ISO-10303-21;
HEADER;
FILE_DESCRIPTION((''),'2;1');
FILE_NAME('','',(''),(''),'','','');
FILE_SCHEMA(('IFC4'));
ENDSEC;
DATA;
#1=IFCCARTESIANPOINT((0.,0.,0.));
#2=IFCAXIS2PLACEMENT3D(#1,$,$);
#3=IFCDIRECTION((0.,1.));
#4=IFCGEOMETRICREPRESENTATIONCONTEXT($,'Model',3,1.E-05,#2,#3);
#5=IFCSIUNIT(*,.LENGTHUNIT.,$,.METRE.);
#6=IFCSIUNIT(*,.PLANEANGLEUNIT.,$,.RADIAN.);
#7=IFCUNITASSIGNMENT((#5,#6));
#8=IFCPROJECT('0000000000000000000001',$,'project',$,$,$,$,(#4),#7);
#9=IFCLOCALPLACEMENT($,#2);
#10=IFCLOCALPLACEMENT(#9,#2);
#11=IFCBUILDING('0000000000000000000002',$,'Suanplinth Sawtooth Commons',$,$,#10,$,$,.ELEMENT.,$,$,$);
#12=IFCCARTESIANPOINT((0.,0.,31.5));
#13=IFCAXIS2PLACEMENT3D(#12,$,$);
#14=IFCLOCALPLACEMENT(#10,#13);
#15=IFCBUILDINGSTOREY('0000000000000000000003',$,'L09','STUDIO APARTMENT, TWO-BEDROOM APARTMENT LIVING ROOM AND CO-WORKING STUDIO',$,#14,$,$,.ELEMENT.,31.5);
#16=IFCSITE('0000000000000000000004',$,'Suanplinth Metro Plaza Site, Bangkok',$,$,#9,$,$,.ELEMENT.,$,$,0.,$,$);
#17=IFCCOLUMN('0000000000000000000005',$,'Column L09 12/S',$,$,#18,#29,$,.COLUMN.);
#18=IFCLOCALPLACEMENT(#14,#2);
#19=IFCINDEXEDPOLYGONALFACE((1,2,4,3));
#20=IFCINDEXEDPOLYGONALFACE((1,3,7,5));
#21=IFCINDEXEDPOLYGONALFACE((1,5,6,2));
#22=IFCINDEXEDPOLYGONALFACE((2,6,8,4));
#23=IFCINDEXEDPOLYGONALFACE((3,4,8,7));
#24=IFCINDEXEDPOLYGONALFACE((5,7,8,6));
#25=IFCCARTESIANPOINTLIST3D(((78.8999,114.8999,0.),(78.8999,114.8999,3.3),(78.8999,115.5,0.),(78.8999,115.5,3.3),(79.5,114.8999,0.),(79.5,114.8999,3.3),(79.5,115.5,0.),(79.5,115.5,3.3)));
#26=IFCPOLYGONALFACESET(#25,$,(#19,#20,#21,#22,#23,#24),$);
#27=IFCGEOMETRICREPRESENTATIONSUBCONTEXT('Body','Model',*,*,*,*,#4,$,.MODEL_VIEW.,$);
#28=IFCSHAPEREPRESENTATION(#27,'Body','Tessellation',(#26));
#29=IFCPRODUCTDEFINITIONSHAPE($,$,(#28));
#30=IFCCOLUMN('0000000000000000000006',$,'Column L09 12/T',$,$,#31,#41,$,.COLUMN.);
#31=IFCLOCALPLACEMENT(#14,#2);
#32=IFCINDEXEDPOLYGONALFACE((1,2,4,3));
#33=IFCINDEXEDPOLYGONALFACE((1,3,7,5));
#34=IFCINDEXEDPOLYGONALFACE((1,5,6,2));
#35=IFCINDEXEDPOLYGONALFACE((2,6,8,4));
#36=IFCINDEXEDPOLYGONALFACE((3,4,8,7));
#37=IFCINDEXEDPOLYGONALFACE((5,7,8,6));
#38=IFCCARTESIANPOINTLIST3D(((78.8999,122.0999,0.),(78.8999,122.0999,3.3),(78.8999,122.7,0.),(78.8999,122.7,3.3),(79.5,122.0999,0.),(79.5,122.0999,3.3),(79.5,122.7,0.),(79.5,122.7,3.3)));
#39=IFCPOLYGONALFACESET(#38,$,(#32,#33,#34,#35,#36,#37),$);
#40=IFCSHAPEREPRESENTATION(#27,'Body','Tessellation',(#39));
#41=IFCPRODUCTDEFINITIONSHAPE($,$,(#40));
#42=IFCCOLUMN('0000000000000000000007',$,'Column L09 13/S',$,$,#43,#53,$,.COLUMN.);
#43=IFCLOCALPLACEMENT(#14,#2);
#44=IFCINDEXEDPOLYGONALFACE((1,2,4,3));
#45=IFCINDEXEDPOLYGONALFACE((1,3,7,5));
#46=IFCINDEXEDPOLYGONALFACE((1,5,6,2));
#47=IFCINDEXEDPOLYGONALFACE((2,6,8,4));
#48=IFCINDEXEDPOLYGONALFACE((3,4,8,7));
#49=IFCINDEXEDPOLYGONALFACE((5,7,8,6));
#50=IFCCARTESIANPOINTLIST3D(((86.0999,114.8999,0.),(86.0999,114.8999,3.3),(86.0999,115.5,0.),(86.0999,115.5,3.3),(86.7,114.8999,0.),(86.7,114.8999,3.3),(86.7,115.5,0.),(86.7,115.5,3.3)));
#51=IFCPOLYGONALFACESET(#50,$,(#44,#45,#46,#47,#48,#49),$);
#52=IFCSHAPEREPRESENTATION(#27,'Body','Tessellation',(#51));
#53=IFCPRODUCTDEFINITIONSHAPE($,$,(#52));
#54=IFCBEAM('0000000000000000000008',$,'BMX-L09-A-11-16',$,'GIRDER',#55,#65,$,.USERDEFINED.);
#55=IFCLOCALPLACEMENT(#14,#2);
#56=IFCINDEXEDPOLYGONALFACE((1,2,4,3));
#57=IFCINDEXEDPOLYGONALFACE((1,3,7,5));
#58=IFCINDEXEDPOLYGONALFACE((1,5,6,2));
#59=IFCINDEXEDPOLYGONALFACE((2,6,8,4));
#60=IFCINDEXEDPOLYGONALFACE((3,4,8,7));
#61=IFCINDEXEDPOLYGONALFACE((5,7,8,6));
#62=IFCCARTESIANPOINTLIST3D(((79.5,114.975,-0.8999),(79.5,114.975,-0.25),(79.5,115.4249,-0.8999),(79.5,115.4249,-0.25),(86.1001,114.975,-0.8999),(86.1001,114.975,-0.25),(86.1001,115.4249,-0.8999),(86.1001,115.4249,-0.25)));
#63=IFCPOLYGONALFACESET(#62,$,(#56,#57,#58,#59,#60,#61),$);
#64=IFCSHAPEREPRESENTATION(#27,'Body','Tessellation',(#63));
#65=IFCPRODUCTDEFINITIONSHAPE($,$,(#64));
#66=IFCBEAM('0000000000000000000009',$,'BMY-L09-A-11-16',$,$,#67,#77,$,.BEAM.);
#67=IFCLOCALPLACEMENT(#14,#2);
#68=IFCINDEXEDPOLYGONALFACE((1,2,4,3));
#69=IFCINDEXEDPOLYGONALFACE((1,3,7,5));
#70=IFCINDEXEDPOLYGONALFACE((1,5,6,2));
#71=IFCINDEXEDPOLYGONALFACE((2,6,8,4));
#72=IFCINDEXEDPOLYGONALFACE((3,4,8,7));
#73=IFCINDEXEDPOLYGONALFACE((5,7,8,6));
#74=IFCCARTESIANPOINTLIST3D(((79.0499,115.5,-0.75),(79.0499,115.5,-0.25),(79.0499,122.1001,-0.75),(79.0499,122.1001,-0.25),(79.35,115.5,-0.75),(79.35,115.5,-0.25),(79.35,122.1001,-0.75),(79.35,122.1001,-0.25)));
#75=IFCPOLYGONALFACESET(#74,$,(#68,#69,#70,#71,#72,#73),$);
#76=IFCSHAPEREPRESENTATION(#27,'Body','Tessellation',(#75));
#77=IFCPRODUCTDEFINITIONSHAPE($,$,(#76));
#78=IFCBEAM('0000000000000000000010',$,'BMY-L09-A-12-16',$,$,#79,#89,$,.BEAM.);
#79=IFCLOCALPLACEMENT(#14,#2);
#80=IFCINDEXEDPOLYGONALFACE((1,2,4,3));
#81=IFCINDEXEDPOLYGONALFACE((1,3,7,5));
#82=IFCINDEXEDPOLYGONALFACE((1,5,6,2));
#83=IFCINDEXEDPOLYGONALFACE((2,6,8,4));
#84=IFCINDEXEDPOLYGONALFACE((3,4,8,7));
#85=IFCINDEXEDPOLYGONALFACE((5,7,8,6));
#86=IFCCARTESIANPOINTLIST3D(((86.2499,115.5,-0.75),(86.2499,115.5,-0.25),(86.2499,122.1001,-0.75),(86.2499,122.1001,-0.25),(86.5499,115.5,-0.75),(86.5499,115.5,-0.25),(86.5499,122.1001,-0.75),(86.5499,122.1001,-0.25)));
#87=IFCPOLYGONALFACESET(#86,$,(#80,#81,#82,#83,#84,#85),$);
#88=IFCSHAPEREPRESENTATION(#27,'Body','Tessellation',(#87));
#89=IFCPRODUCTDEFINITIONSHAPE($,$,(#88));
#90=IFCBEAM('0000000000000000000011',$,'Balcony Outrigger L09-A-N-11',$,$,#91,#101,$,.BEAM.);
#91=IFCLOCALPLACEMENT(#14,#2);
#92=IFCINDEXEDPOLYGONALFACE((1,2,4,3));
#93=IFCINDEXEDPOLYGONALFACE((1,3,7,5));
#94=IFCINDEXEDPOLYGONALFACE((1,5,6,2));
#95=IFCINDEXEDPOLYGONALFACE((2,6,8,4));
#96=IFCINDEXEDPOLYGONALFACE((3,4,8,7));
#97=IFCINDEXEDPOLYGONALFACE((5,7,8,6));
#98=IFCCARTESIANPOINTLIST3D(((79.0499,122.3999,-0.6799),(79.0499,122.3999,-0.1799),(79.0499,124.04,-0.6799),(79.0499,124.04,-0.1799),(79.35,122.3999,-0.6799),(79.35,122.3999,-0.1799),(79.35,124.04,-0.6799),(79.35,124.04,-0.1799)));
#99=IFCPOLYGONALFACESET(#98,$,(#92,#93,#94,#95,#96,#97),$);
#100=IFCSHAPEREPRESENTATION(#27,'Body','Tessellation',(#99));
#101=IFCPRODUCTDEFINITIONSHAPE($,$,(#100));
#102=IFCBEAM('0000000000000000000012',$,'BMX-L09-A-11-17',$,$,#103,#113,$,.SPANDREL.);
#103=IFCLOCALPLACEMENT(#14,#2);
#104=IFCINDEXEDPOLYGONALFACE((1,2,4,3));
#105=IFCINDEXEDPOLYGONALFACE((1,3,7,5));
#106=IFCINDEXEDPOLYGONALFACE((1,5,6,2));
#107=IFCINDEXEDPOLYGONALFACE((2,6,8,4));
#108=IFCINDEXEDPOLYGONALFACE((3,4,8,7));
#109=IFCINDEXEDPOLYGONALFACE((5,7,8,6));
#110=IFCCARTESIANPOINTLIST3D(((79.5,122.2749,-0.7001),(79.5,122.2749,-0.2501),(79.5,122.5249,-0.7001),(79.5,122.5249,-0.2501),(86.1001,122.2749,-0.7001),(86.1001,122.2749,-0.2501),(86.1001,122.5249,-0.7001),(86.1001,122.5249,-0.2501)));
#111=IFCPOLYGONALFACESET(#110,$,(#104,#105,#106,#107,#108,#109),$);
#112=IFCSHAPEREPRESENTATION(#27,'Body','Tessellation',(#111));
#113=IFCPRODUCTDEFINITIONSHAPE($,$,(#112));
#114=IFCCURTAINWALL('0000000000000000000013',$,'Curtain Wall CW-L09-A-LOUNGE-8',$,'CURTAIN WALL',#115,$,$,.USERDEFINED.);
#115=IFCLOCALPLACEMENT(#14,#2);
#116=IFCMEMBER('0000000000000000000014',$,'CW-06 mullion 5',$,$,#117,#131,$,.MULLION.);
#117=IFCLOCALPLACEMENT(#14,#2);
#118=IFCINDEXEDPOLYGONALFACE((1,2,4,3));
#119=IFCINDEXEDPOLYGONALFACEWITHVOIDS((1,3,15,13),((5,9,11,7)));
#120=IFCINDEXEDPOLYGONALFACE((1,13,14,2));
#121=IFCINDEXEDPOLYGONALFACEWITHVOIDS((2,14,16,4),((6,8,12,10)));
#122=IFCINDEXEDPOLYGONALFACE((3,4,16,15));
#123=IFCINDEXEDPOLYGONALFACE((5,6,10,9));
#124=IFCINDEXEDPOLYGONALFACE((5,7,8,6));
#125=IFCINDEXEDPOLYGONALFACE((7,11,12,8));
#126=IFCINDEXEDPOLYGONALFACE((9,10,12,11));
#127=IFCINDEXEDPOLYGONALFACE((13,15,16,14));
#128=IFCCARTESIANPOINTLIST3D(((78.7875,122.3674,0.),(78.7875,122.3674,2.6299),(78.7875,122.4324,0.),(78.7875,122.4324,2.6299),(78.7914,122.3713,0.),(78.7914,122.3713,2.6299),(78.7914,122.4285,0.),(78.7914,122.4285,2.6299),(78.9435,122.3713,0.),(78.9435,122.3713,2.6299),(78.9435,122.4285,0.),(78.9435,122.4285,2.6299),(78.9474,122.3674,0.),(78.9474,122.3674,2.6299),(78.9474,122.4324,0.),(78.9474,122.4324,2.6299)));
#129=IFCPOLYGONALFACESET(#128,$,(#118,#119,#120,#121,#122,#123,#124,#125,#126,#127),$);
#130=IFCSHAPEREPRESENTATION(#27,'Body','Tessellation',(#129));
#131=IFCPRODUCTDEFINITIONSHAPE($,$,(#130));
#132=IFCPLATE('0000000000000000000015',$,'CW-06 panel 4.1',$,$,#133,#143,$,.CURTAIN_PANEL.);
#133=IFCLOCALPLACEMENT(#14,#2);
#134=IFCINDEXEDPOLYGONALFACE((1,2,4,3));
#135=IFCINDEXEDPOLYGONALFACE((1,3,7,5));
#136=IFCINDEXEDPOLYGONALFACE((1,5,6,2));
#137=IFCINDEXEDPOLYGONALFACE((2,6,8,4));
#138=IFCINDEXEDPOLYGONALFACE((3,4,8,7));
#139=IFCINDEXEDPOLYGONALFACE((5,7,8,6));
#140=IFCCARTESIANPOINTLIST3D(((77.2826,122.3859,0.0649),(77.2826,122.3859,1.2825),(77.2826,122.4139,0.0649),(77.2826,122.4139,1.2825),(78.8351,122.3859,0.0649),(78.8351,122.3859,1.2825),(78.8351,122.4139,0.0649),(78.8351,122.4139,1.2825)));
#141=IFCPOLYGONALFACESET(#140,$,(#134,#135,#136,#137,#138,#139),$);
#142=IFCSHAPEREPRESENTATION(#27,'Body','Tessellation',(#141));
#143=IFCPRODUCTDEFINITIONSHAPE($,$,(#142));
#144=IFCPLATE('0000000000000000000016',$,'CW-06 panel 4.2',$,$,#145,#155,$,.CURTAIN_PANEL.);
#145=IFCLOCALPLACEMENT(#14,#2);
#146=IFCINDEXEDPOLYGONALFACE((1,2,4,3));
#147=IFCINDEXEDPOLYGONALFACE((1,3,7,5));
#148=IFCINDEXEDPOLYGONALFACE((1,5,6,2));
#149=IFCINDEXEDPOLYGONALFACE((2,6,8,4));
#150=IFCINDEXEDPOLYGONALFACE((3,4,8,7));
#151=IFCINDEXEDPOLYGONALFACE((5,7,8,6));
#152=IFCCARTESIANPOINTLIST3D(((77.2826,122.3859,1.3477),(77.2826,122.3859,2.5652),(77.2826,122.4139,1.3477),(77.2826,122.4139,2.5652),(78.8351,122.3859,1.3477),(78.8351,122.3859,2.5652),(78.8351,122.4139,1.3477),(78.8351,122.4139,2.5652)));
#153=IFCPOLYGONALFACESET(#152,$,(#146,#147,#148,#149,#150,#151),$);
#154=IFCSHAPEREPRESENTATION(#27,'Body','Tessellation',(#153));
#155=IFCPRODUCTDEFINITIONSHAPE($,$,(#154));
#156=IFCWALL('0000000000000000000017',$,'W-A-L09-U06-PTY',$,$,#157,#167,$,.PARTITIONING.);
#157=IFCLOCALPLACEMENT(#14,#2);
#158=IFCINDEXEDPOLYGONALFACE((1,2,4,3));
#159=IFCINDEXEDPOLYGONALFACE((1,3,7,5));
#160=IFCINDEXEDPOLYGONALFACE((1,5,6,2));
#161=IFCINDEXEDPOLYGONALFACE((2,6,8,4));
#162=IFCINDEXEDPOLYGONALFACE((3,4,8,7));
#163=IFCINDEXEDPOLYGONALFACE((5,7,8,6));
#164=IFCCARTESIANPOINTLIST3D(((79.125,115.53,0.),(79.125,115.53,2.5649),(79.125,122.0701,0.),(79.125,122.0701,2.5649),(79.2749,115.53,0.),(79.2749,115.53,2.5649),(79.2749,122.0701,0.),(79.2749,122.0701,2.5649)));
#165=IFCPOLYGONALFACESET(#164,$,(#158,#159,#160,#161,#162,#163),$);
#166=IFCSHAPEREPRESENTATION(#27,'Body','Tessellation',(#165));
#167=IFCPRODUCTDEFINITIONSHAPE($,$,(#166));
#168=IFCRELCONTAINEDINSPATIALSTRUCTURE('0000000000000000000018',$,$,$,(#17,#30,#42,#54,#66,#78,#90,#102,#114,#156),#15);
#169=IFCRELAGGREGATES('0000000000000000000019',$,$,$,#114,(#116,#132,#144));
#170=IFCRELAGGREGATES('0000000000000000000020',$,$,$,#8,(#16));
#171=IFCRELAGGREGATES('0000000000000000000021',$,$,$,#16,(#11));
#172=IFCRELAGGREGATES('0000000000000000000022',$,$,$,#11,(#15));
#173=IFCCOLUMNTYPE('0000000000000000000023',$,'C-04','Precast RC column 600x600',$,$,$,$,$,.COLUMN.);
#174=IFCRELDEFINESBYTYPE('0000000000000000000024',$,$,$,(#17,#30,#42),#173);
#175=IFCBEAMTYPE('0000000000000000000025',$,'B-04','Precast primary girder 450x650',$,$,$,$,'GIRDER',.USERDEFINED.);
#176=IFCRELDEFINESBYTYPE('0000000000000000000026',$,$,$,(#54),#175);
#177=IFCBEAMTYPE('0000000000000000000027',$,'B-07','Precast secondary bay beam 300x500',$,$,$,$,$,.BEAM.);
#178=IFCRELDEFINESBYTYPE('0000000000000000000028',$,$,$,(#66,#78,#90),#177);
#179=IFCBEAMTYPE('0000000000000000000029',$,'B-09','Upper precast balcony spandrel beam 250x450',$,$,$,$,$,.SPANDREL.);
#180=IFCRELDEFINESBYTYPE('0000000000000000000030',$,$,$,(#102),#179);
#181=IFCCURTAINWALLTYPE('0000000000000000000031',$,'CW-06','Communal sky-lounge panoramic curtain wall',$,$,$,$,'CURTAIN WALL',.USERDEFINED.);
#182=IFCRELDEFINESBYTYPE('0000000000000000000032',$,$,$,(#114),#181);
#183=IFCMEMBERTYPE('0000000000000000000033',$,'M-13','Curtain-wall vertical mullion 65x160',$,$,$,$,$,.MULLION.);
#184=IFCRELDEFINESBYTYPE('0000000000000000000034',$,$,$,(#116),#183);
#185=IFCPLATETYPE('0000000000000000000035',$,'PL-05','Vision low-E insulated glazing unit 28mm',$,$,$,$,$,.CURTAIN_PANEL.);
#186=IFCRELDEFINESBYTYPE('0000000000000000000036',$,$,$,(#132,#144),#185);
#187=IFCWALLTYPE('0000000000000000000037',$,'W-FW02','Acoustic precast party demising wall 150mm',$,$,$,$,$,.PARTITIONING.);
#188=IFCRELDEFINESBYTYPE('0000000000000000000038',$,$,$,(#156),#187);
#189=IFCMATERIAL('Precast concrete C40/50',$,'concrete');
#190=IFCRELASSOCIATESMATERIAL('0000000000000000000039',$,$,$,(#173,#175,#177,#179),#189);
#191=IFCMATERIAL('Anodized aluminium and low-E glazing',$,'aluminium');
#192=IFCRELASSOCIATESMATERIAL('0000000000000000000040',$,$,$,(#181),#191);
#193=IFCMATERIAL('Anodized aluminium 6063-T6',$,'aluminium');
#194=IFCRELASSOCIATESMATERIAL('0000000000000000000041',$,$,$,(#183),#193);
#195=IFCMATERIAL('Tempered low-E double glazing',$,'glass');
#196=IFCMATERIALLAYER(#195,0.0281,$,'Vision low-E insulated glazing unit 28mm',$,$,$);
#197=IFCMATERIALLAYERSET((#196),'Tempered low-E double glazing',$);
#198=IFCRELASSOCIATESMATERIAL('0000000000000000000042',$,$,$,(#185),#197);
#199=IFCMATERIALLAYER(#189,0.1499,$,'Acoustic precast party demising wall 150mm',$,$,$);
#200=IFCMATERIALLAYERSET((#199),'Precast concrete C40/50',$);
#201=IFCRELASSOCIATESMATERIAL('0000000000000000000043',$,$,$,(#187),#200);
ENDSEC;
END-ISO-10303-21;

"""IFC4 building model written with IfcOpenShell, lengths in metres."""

from ifc_helpers import new_model, si_unit, direction, frame, frame_2d, origin, origin_2d, place, context, subcontext, project, spatial, rectangle, hollow_rectangle, extrude, material, layer, layer_set, material_profile, profile_set, type_object, element, aggregate, save


model = new_model("IFC4")

# Units and contexts
model_context = context("Model", 3, precision=1e-05, world=origin(), true_north=direction((0.0, 1.0)))
body_context = subcontext(model_context, "Body", "Model", "MODEL_VIEW")
ifc_project = project(units=[si_unit("LENGTHUNIT", "METRE"), si_unit("PLANEANGLEUNIT", "RADIAN")], contexts=[model_context])

# Site, building, storey
site_placement = place(None, origin())
site = spatial("IfcSite", under=ifc_project, at=site_placement, Name="Suanplinth Metro Plaza Site, Bangkok", CompositionType="ELEMENT", RefElevation=0.0)
building_placement = place(site_placement, origin())
building = spatial("IfcBuilding", under=site, at=building_placement, Name="Suanplinth Sawtooth Commons", CompositionType="ELEMENT")
storey_placement = place(building_placement, frame((0.0, 0.0, 31.5)))
storey = spatial("IfcBuildingStorey", under=building, at=storey_placement, Name="L09", Description="STUDIO APARTMENT, TWO-BEDROOM APARTMENT LIVING ROOM AND CO-WORKING STUDIO", CompositionType="ELEMENT", Elevation=31.5)

# Columns
ifc_material_1 = material(Name="Precast concrete C40/50", Category="concrete")
ifc_material_profile_1 = material_profile(ifc_material_1, rectangle(XDim=0.6001, YDim=0.6001, at=origin_2d()), Name="PC-COL 600x600")
ifc_profile_set_1 = profile_set([ifc_material_profile_1], Name="Precast concrete C40/50")
column_type = type_object("IfcColumnType", Name="C-04", Description="Precast RC column 600x600", PredefinedType="COLUMN", material=ifc_profile_set_1)
for number, where, z_axis, x_axis, name in (
    (1, (79.2, 115.2, 0.0), (0.0, 0.0, 1.0), (1.0, 0.0, 0.0), "Column L09 12/S"),
    (2, (79.2, 122.3999, 0.0), (0.0, 0.0, 1.0), (1.0, 0.0, 0.0), "Column L09 12/T"),
    (3, (86.3999, 115.2, 0.0), (0.0, 0.0, 1.0), (1.0, 0.0, 0.0), "Column L09 13/S"),
):
    element("IfcColumn", number, at=place(storey_placement, frame(where, z_axis=z_axis, x_axis=x_axis)), inside=storey, type_object=column_type, Name=name, PredefinedType="COLUMN", context=body_context, shape_type="SweptSolid", body=[
        extrude(rectangle(XDim=0.6001, YDim=0.6001, at=origin_2d()), origin(), (0.0, 0.0, 1.0), 3.3),
    ])

# Beams
ifc_material_profile_2 = material_profile(ifc_material_1, rectangle(XDim=0.45, YDim=0.6499, at=origin_2d()), Name="PC-GDR 450x650")
ifc_profile_set_2 = profile_set([ifc_material_profile_2], Name="Precast concrete C40/50")
beam_type_1 = type_object("IfcBeamType", Name="B-04", Description="Precast primary girder 450x650", ElementType="GIRDER", PredefinedType="USERDEFINED", material=ifc_profile_set_2)
beam_1_placement = place(storey_placement, frame((79.5, 115.2, -0.575), z_axis=(1.0, 0.0, 0.0), x_axis=(0.0, 1.0, 0.0)))
element("IfcBeam", 4, at=beam_1_placement, inside=storey, type_object=beam_type_1, Name="BMX-L09-A-11-16", ObjectType="GIRDER", PredefinedType="USERDEFINED", context=body_context, shape_type="SweptSolid", body=[
    extrude(rectangle(XDim=0.45, YDim=0.6499, at=origin_2d()), origin(), (0.0, 0.0, 1.0), 6.6001),
])
ifc_material_profile_3 = material_profile(ifc_material_1, rectangle(XDim=0.3, YDim=0.5, at=origin_2d()), Name="PC-BM 300x500")
ifc_profile_set_3 = profile_set([ifc_material_profile_3], Name="Precast concrete C40/50")
beam_type_2 = type_object("IfcBeamType", Name="B-07", Description="Precast secondary bay beam 300x500", PredefinedType="BEAM", material=ifc_profile_set_3)
for number, where, z_axis, x_axis, name in (
    (5, (79.2, 115.5, -0.5), (0.0, 1.0, 0.0), (-1.0, 0.0, 0.0), "BMY-L09-A-11-16"),
    (6, (86.3999, 115.5, -0.5), (0.0, 1.0, 0.0), (-1.0, 0.0, 0.0), "BMY-L09-A-12-16"),
):
    element("IfcBeam", number, at=place(storey_placement, frame(where, z_axis=z_axis, x_axis=x_axis)), inside=storey, type_object=beam_type_2, Name=name, PredefinedType="BEAM", context=body_context, shape_type="SweptSolid", body=[
        extrude(rectangle(XDim=0.3, YDim=0.5, at=origin_2d()), origin(), (0.0, 0.0, 1.0), 6.6001),
    ])
beam_2_placement = place(storey_placement, frame((79.2, 122.3999, -0.4299), z_axis=(0.0, 1.0, 0.0), x_axis=(-1.0, 0.0, 0.0)))
element("IfcBeam", 7, at=beam_2_placement, inside=storey, type_object=beam_type_2, Name="Balcony Outrigger L09-A-N-11", PredefinedType="BEAM", context=body_context, shape_type="SweptSolid", body=[
    extrude(rectangle(XDim=0.3, YDim=0.5, at=origin_2d()), origin(), (0.0, 0.0, 1.0), 1.6401),
])
ifc_material_profile_4 = material_profile(ifc_material_1, rectangle(XDim=0.25, YDim=0.45, at=origin_2d()), Name="PC-SP 250x450")
ifc_profile_set_4 = profile_set([ifc_material_profile_4], Name="Precast concrete C40/50")
beam_type_3 = type_object("IfcBeamType", Name="B-09", Description="Upper precast balcony spandrel beam 250x450", PredefinedType="SPANDREL", material=ifc_profile_set_4)
beam_3_placement = place(storey_placement, frame((79.5, 122.3999, -0.4751), z_axis=(1.0, 0.0, 0.0), x_axis=(0.0, 1.0, 0.0)))
element("IfcBeam", 8, at=beam_3_placement, inside=storey, type_object=beam_type_3, Name="BMX-L09-A-11-17", PredefinedType="SPANDREL", context=body_context, shape_type="SweptSolid", body=[
    extrude(rectangle(XDim=0.25, YDim=0.45, at=origin_2d()), origin(), (0.0, 0.0, 1.0), 6.6001),
])

# Curtain wall, member, plates
ifc_material_2 = material(Name="Anodized aluminium and low-E glazing", Category="aluminium")
curtain_wall_type = type_object("IfcCurtainWallType", Name="CW-06", Description="Communal sky-lounge panoramic curtain wall", ElementType="CURTAIN WALL", PredefinedType="USERDEFINED", material=ifc_material_2)
curtain_wall_placement = place(storey_placement, origin())
curtain_wall = element("IfcCurtainWall", 9, at=curtain_wall_placement, inside=storey, type_object=curtain_wall_type, Name="Curtain Wall CW-L09-A-LOUNGE-8", ObjectType="CURTAIN WALL", PredefinedType="USERDEFINED")
ifc_material_3 = material(Name="Anodized aluminium 6063-T6", Category="aluminium")
ifc_material_profile_5 = material_profile(ifc_material_3, hollow_rectangle(XDim=0.0649, YDim=0.1599, WallThickness=0.0039, at=origin_2d()), Name="ALU-MUL 65x160")
ifc_profile_set_5 = profile_set([ifc_material_profile_5], Name="Anodized aluminium 6063-T6")
member_type = type_object("IfcMemberType", Name="M-13", Description="Curtain-wall vertical mullion 65x160", PredefinedType="MULLION", material=ifc_profile_set_5)
member_placement = place(storey_placement, frame((78.8674, 122.3999, 0.0), z_axis=(0.0, 0.0, 1.0), x_axis=(0.0, 1.0, 0.0)))
member = element("IfcMember", 10, at=member_placement, type_object=member_type, Name="CW-06 mullion 5", PredefinedType="MULLION", context=body_context, shape_type="SweptSolid", body=[
    extrude(hollow_rectangle(XDim=0.0649, YDim=0.1599, WallThickness=0.0039, at=origin_2d()), origin(), (0.0, 0.0, 1.0), 2.6299),
])
ifc_material_4 = material(Name="Tempered low-E double glazing", Category="glass")
ifc_layer_1 = layer(ifc_material_4, 0.0281, Name="Vision low-E insulated glazing unit 28mm")
ifc_layer_set_1 = layer_set([ifc_layer_1], Name="Tempered low-E double glazing")
plate_type = type_object("IfcPlateType", Name="PL-05", Description="Vision low-E insulated glazing unit 28mm", PredefinedType="CURTAIN_PANEL", material=ifc_layer_set_1)
plate_1_placement = place(storey_placement, frame((78.0588, 122.3999, 0.0649), z_axis=(0.0, 0.0, 1.0), x_axis=(1.0, 0.0, 0.0)))
plate_1 = element("IfcPlate", 11, at=plate_1_placement, type_object=plate_type, Name="CW-06 panel 4.1", PredefinedType="CURTAIN_PANEL", context=body_context, shape_type="SweptSolid", body=[
    extrude(rectangle(XDim=1.5525, YDim=0.0281, at=origin_2d()), origin(), (0.0, 0.0, 1.0), 1.2175),
])
plate_2_placement = place(storey_placement, frame((78.0588, 122.3999, 1.3477), z_axis=(0.0, 0.0, 1.0), x_axis=(1.0, 0.0, 0.0)))
plate_2 = element("IfcPlate", 12, at=plate_2_placement, type_object=plate_type, Name="CW-06 panel 4.2", PredefinedType="CURTAIN_PANEL", context=body_context, shape_type="SweptSolid", body=[
    extrude(rectangle(XDim=1.5525, YDim=0.0281, at=origin_2d()), origin(), (0.0, 0.0, 1.0), 1.2175),
])
aggregate(curtain_wall, [member, plate_1, plate_2])

# Wall
ifc_layer_2 = layer(ifc_material_1, 0.1499, Name="Acoustic precast party demising wall 150mm")
ifc_layer_set_2 = layer_set([ifc_layer_2], Name="Precast concrete C40/50")
wall_type_1 = type_object("IfcWallType", Name="W-FW02", Description="Acoustic precast party demising wall 150mm", PredefinedType="PARTITIONING", material=ifc_layer_set_2)
wall_1_placement = place(storey_placement, frame((79.2, 115.53, 0.0), z_axis=(0.0, 0.0, 1.0), x_axis=(0.0, 1.0, 0.0)))
element("IfcWall", 13, at=wall_1_placement, inside=storey, type_object=wall_type_1, Name="W-A-L09-U06-PTY", PredefinedType="PARTITIONING", context=body_context, shape_type="SweptSolid", body=[
    extrude(rectangle(XDim=6.54, YDim=0.1499, at=frame_2d((3.27, 0.0))), origin(), (0.0, 0.0, 1.0), 2.5649),
])

save(model, "model.ifc")
